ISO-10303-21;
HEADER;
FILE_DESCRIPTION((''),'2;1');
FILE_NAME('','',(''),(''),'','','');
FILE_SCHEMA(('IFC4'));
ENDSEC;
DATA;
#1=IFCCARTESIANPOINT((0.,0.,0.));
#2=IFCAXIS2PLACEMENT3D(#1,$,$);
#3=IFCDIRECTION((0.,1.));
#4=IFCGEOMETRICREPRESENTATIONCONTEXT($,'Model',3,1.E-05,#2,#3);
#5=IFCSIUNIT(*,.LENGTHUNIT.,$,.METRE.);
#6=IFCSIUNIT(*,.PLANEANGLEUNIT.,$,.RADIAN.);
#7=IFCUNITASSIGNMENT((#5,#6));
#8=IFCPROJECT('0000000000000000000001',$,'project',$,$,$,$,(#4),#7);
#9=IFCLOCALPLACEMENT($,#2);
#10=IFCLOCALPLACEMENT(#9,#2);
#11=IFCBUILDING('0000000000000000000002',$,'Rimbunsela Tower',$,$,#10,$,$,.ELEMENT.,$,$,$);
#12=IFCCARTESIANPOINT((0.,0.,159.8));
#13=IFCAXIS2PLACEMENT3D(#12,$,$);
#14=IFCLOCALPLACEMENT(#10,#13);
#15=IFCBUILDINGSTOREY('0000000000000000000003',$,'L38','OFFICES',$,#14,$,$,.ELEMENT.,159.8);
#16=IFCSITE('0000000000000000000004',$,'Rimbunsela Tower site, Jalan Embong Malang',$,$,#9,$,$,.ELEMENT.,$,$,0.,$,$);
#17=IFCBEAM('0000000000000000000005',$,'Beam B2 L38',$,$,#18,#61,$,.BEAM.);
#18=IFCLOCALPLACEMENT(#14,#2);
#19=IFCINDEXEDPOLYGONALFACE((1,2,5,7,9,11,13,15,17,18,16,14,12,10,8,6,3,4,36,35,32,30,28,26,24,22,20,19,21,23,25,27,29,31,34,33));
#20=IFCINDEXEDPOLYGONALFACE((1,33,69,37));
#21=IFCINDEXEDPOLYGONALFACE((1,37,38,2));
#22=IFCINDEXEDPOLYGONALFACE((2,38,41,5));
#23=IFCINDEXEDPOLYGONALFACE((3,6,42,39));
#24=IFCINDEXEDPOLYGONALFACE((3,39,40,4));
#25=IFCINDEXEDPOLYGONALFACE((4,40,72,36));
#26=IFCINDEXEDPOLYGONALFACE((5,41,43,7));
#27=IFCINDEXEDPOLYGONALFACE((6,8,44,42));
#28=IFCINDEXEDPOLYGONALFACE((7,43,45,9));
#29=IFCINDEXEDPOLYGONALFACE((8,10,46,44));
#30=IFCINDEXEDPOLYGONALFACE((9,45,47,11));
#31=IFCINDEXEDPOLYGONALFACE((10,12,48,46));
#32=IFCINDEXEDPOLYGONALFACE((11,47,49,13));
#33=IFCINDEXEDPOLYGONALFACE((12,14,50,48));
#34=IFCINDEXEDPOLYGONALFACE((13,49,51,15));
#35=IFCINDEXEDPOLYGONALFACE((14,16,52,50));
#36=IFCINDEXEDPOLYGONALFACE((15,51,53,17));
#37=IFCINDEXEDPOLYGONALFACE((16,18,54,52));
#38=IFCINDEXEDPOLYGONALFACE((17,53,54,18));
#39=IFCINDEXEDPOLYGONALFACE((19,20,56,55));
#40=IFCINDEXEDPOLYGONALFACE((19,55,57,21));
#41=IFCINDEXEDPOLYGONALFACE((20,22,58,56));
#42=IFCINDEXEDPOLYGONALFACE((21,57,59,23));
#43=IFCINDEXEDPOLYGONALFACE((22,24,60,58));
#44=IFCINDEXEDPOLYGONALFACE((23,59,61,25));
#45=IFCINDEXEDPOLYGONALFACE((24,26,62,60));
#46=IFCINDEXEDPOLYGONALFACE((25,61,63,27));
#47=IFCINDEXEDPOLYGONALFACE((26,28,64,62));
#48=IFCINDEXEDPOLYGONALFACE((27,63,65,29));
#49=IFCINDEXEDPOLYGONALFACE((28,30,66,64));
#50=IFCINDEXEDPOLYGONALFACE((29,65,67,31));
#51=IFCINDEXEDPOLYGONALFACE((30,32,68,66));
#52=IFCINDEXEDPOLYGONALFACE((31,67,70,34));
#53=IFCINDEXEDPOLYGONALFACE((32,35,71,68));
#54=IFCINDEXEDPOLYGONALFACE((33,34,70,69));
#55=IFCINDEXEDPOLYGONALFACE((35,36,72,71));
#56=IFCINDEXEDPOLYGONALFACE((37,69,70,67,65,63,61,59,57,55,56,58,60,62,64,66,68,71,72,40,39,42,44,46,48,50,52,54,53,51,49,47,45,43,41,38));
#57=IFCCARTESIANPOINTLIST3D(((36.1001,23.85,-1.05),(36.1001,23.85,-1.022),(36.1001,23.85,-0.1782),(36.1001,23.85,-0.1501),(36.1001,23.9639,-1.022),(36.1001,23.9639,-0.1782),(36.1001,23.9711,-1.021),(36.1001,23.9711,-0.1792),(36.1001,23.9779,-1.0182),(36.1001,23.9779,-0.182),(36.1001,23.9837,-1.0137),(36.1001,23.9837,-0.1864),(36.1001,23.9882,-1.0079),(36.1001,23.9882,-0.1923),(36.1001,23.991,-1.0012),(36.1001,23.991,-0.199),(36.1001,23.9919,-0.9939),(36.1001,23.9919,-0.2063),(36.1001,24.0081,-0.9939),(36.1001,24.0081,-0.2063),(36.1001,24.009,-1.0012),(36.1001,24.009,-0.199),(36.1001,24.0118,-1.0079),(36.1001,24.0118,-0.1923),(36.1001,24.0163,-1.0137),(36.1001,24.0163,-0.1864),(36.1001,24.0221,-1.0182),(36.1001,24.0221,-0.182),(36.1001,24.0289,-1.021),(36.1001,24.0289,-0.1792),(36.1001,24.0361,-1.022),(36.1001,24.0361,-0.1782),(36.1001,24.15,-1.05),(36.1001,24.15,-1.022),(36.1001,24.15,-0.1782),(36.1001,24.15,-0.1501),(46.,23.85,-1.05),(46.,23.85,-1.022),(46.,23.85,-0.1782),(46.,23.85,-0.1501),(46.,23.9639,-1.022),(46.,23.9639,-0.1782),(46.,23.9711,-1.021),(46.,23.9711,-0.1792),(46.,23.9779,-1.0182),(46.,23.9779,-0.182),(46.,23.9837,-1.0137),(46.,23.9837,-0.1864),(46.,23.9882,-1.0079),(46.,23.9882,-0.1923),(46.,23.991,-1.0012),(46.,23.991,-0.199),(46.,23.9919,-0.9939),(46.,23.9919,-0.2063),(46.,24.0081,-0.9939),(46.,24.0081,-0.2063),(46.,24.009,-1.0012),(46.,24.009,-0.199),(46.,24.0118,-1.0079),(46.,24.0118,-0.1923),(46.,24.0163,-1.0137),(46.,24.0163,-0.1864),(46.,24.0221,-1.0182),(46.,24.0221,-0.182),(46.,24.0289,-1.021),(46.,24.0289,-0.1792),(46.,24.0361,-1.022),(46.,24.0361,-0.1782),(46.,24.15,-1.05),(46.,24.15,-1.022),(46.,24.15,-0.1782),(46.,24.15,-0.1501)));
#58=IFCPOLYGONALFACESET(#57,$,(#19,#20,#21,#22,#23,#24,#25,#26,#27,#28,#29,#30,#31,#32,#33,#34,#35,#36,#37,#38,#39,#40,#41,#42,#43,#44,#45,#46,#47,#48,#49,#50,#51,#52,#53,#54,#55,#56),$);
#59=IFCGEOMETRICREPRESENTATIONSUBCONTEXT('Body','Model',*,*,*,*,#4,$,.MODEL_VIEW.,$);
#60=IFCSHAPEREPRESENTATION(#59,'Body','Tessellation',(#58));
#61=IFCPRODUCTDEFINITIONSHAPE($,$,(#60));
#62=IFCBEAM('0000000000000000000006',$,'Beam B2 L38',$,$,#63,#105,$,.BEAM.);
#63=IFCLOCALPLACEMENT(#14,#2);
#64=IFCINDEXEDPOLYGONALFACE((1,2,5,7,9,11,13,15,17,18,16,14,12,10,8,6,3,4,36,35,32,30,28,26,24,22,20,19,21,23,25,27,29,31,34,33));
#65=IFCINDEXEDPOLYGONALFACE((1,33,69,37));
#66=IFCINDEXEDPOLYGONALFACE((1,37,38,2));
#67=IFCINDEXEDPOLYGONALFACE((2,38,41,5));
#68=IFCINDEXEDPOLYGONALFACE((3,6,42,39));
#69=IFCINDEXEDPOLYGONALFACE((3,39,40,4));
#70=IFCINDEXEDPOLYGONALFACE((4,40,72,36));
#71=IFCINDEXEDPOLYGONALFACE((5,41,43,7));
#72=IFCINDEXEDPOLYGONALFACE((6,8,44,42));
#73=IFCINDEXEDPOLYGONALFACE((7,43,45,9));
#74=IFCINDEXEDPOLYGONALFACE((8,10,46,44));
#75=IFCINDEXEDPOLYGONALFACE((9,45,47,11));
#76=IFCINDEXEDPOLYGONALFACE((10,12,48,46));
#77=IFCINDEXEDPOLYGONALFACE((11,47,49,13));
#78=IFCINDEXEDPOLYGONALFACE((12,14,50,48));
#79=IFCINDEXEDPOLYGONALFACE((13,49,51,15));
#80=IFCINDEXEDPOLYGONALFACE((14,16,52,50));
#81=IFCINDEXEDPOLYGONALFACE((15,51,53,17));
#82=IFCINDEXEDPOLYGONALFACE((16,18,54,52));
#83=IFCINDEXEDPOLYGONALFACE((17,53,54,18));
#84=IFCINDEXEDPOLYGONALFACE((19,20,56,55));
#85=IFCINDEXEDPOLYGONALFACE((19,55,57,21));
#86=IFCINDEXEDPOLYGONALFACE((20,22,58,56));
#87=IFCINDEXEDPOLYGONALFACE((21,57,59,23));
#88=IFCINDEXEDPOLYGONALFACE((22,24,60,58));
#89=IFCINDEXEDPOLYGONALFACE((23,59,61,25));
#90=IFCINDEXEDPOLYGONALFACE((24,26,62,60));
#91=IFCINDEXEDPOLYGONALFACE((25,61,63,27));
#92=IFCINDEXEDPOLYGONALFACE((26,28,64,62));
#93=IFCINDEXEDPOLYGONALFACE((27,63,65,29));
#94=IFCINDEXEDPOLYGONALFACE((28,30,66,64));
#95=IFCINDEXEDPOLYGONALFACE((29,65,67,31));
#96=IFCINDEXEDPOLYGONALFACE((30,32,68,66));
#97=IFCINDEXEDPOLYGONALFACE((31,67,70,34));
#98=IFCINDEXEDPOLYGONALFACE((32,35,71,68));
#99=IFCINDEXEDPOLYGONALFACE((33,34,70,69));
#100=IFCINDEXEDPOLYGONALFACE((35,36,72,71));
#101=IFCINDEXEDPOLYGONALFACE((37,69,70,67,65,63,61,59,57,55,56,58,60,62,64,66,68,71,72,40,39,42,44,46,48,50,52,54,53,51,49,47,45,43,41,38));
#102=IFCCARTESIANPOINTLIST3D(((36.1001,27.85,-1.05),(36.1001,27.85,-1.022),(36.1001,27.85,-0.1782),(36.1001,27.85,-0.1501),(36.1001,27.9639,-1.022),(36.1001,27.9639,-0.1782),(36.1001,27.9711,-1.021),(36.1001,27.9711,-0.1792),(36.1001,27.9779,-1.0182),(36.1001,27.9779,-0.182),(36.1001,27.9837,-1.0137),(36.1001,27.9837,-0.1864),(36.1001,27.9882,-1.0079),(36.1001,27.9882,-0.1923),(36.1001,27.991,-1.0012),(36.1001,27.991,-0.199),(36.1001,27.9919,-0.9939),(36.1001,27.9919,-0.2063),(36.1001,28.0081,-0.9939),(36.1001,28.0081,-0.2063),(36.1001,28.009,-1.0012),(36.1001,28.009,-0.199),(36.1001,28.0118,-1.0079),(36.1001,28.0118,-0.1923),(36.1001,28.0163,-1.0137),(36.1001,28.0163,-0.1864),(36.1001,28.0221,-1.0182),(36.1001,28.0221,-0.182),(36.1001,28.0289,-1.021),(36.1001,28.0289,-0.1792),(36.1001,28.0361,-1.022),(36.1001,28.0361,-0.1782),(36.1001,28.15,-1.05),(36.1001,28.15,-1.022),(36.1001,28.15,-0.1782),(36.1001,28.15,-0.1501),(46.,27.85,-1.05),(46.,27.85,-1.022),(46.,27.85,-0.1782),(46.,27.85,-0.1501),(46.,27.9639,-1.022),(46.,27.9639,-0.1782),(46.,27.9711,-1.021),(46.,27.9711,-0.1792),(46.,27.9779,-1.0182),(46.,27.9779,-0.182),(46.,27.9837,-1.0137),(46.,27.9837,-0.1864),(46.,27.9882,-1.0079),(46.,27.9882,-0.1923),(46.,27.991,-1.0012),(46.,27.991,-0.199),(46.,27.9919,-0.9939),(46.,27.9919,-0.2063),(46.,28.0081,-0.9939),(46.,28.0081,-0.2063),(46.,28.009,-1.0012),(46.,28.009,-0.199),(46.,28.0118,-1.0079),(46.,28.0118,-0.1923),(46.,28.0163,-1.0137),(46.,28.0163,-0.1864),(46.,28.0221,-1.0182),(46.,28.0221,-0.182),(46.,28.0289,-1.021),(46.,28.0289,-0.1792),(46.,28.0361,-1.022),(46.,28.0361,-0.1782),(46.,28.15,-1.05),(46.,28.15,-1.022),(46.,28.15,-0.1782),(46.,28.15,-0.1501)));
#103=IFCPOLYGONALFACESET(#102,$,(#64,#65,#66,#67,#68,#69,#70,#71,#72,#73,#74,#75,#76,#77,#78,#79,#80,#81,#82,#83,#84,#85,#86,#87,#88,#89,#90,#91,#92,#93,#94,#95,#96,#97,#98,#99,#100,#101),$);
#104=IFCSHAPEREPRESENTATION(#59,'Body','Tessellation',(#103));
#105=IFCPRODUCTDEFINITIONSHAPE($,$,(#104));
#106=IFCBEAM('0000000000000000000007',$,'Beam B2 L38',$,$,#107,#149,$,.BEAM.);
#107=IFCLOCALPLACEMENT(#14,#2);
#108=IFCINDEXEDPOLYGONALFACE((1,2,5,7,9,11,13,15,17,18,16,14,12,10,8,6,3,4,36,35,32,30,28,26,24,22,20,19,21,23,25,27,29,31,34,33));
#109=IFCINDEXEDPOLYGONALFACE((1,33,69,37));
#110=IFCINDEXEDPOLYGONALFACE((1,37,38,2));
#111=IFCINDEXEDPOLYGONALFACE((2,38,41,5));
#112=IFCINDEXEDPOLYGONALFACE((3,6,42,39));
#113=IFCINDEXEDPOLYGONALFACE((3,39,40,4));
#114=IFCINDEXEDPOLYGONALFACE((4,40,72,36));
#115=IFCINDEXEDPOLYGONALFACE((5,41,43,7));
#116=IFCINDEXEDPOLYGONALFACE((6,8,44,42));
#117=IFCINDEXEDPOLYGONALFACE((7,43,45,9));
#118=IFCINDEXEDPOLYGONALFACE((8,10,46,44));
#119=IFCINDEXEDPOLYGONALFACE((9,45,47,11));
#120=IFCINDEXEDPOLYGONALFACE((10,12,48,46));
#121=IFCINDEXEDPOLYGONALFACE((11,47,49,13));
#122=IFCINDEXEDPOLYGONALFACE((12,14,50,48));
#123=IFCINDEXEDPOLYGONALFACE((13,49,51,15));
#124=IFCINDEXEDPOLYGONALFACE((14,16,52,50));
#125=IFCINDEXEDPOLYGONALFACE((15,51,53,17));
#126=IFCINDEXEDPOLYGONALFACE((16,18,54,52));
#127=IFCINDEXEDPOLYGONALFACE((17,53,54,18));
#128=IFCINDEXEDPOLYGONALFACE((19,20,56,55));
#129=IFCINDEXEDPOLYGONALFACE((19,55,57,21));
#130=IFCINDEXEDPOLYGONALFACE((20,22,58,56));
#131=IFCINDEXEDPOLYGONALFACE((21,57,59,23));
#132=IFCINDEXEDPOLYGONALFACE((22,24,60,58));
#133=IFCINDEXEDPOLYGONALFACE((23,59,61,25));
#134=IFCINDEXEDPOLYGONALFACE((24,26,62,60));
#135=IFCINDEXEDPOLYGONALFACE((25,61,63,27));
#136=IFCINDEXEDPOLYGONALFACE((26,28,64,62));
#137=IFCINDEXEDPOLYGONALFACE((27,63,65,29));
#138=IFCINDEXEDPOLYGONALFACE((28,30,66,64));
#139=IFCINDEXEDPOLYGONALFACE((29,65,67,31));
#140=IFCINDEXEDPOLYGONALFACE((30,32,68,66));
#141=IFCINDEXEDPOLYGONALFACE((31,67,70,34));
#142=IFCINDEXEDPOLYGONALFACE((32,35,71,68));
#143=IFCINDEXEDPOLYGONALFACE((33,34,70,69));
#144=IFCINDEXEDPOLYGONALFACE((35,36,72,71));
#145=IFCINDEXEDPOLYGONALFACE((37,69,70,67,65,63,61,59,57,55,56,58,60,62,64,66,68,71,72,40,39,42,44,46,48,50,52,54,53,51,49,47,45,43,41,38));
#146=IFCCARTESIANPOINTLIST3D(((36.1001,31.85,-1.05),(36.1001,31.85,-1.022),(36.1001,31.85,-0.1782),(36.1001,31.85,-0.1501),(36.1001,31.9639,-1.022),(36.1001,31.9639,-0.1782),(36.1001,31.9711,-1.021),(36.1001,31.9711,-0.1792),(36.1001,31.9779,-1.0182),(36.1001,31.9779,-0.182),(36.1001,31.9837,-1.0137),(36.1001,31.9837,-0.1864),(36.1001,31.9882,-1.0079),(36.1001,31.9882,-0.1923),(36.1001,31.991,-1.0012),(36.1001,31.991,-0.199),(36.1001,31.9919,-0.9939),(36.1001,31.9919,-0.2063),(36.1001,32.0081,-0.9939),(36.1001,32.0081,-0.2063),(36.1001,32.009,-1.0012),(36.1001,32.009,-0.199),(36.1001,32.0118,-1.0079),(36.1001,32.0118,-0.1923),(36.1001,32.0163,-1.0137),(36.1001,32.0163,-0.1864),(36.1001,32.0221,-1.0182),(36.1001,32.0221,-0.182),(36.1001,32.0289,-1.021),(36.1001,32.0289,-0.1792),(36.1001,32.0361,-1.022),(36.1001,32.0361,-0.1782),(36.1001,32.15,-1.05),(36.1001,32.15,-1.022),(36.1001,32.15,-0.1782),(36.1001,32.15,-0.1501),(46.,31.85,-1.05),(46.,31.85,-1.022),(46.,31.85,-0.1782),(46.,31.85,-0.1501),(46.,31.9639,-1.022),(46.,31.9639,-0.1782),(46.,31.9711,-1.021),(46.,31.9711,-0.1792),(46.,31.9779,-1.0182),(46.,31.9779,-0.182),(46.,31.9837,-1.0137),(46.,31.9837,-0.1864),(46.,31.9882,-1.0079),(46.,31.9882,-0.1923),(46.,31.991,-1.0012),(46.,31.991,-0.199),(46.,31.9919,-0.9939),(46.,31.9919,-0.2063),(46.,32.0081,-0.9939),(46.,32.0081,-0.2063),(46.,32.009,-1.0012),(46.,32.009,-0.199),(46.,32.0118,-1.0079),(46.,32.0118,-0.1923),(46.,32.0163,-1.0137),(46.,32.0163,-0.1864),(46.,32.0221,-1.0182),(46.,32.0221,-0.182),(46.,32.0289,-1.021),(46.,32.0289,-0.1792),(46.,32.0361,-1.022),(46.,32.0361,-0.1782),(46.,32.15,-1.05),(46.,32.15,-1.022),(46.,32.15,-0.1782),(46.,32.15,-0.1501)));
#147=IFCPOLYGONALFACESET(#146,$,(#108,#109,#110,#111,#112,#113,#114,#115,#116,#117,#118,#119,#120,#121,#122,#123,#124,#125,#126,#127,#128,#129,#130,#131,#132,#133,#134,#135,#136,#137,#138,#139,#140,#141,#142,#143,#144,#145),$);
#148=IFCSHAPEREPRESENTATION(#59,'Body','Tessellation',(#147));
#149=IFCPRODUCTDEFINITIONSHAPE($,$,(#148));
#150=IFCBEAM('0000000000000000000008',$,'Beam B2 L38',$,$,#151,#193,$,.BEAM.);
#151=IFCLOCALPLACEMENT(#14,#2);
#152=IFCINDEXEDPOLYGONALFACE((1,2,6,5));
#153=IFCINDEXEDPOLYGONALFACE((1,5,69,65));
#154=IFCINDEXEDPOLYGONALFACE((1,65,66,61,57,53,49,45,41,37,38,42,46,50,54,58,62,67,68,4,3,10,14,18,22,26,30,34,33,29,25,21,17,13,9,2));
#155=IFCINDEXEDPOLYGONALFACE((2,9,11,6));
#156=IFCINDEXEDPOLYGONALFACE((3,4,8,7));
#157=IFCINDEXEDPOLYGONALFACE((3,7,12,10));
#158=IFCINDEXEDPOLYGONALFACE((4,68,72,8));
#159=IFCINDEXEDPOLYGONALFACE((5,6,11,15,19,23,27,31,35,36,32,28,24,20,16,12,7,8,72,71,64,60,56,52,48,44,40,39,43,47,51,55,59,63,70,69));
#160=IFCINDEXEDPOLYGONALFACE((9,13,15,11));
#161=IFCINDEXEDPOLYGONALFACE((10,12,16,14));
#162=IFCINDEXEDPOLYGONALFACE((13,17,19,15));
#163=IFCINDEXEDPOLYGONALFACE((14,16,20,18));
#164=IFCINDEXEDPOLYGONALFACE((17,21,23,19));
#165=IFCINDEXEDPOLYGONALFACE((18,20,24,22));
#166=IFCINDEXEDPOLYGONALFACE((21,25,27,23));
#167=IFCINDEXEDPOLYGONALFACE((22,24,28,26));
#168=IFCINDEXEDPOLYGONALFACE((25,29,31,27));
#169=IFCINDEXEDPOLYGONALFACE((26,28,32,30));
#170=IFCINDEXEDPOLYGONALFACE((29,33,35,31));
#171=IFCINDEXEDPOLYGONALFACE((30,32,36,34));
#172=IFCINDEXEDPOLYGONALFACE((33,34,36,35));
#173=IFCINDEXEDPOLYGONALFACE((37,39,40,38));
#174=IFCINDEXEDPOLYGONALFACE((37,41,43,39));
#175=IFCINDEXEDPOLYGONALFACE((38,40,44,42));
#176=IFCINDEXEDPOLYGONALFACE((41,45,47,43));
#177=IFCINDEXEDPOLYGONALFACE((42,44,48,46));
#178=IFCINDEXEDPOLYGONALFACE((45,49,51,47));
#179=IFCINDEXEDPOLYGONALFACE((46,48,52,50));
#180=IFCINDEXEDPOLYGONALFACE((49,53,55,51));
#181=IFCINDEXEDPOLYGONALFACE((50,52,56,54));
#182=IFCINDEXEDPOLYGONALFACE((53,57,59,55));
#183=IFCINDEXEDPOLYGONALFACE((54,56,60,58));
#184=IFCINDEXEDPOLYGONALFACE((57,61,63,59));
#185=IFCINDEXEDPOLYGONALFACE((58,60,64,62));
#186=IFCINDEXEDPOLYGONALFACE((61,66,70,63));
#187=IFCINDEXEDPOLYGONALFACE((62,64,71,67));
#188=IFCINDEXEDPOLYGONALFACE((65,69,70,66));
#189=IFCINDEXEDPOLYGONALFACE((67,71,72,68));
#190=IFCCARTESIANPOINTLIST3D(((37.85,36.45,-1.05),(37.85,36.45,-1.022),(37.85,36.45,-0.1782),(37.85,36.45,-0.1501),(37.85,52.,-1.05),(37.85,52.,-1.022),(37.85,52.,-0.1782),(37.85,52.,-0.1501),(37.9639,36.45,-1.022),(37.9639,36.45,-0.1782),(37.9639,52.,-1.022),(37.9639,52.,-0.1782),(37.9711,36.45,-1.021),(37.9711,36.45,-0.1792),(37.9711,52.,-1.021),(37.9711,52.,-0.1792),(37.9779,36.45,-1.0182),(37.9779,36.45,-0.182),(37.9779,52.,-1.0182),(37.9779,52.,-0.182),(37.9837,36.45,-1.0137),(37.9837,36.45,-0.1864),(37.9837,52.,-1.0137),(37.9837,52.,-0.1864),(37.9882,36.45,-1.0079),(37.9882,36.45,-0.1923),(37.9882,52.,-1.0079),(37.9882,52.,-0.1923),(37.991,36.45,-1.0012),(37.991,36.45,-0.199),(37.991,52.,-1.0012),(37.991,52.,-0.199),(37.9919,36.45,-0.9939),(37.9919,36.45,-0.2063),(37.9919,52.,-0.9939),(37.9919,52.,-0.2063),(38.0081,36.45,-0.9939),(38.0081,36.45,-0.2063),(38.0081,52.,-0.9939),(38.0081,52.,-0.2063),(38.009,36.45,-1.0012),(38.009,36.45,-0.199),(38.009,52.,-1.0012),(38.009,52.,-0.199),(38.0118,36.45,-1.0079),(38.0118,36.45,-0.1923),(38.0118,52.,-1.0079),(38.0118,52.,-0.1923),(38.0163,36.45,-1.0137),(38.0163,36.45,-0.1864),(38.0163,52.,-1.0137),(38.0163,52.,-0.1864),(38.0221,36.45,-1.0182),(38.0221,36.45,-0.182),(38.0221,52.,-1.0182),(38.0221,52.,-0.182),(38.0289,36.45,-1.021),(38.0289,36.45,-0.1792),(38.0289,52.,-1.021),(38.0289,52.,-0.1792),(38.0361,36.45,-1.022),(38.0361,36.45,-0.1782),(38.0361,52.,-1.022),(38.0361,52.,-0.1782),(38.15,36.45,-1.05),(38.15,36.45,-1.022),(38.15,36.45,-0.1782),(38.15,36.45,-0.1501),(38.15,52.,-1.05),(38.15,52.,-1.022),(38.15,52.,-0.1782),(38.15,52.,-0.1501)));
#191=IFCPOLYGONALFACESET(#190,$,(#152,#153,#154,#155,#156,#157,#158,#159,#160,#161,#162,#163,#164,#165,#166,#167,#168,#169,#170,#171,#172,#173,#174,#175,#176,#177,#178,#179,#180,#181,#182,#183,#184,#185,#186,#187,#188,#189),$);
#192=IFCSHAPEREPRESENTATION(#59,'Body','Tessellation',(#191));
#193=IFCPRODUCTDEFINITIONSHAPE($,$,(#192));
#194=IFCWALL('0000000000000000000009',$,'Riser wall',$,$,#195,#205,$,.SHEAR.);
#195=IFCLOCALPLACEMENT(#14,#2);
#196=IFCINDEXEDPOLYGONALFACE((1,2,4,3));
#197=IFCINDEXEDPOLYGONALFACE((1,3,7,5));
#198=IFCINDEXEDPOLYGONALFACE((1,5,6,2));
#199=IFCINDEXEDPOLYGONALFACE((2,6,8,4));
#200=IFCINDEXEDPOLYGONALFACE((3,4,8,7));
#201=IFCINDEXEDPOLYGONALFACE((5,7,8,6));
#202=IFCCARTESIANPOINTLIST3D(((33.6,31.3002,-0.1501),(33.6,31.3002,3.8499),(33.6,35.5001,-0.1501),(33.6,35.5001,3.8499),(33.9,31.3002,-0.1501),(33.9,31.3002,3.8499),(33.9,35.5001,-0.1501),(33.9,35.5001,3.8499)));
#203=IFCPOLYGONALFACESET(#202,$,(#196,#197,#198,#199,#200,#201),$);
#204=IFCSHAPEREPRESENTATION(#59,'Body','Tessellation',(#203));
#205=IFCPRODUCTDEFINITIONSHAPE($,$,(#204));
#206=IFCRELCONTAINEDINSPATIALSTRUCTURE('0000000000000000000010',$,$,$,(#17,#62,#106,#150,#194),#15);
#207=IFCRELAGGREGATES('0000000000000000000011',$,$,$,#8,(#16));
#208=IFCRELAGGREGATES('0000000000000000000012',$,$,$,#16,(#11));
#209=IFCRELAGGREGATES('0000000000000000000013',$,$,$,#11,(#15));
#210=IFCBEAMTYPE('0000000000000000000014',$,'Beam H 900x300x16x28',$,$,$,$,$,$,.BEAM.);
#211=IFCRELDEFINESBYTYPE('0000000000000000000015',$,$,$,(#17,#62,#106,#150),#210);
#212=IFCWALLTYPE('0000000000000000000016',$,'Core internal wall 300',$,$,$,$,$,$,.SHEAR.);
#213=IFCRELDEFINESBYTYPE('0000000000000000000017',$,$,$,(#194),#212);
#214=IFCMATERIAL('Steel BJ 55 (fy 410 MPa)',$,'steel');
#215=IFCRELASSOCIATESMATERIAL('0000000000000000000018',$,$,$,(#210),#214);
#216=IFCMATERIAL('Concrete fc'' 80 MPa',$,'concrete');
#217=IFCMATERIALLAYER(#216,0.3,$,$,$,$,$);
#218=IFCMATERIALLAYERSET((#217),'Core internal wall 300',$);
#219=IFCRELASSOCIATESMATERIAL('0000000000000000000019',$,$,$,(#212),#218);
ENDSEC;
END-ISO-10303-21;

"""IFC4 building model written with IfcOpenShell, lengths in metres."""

from ifc_helpers import new_model, si_unit, direction, frame, frame_2d, origin, origin_2d, place, context, subcontext, project, spatial, rectangle, i_section, extrude, material, layer, layer_set, material_profile, profile_set, type_object, element, save


model = new_model("IFC4")

# Units and contexts
model_context = context("Model", 3, precision=1e-05, world=origin(), true_north=direction((0.0, 1.0)))
body_context = subcontext(model_context, "Body", "Model", "MODEL_VIEW")
ifc_project = project(units=[si_unit("LENGTHUNIT", "METRE"), si_unit("PLANEANGLEUNIT", "RADIAN")], contexts=[model_context])

# Site, building, storey
site_placement = place(None, origin())
site = spatial("IfcSite", under=ifc_project, at=site_placement, Name="Rimbunsela Tower site, Jalan Embong Malang", CompositionType="ELEMENT", RefElevation=0.0)
building_placement = place(site_placement, origin())
building = spatial("IfcBuilding", under=site, at=building_placement, Name="Rimbunsela Tower", CompositionType="ELEMENT")
storey_placement = place(building_placement, frame((0.0, 0.0, 159.8)))
storey = spatial("IfcBuildingStorey", under=building, at=storey_placement, Name="L38", Description="OFFICES", CompositionType="ELEMENT", Elevation=159.8)

# Beams
ifc_material_1 = material(Name="Steel BJ 55 (fy 410 MPa)", Category="steel")
ifc_material_profile_1 = material_profile(ifc_material_1, i_section(OverallWidth=0.3, OverallDepth=0.8999, WebThickness=0.0161, FlangeThickness=0.0281, FilletRadius=0.0281, at=origin_2d()), Name="H 900x300x16x28")
ifc_profile_set_1 = profile_set([ifc_material_profile_1], Name="Steel BJ 55 (fy 410 MPa)")
beam_type_1 = type_object("IfcBeamType", Name="Beam H 900x300x16x28", PredefinedType="BEAM", material=ifc_profile_set_1)
for number, where, z_axis, x_axis, name in (
    (1, (36.1001, 24.0, -0.6001), (1.0, 0.0, 0.0), (0.0, 1.0, 0.0), "Beam B2 L38"),
    (2, (36.1001, 28.0, -0.6001), (1.0, 0.0, 0.0), (0.0, 1.0, 0.0), "Beam B2 L38"),
    (3, (36.1001, 32.0, -0.6001), (1.0, 0.0, 0.0), (0.0, 1.0, 0.0), "Beam B2 L38"),
):
    element("IfcBeam", number, at=place(storey_placement, frame(where, z_axis=z_axis, x_axis=x_axis)), inside=storey, type_object=beam_type_1, Name=name, PredefinedType="BEAM", context=body_context, shape_type="SweptSolid", body=[
        extrude(i_section(OverallWidth=0.3, OverallDepth=0.8999, WebThickness=0.0161, FlangeThickness=0.0281, FilletRadius=0.0281, at=origin_2d()), origin(), (0.0, 0.0, 1.0), 9.8999),
    ])
beam_1_placement = place(storey_placement, frame((38.0, 36.45, -0.6001), z_axis=(0.0, 1.0, 0.0), x_axis=(-1.0, 0.0, 0.0)))
element("IfcBeam", 4, at=beam_1_placement, inside=storey, type_object=beam_type_1, Name="Beam B2 L38", PredefinedType="BEAM", context=body_context, shape_type="SweptSolid", body=[
    extrude(i_section(OverallWidth=0.3, OverallDepth=0.8999, WebThickness=0.0161, FlangeThickness=0.0281, FilletRadius=0.0281, at=origin_2d()), origin(), (0.0, 0.0, 1.0), 15.55),
])

# Wall
ifc_material_2 = material(Name="Concrete fc' 80 MPa", Category="concrete")
ifc_layer_1 = layer(ifc_material_2, 0.3)
ifc_layer_set_1 = layer_set([ifc_layer_1], Name="Core internal wall 300")
wall_type_1 = type_object("IfcWallType", Name="Core internal wall 300", PredefinedType="SHEAR", material=ifc_layer_set_1)
wall_1_placement = place(storey_placement, frame((33.75, 31.3, -0.1501), z_axis=(0.0, 0.0, 1.0), x_axis=(0.0, 1.0, 0.0)))
element("IfcWall", 5, at=wall_1_placement, inside=storey, type_object=wall_type_1, Name="Riser wall", PredefinedType="SHEAR", context=body_context, shape_type="SweptSolid", body=[
    extrude(rectangle(XDim=4.2, YDim=0.3, at=frame_2d((2.1001, 0.0))), origin(), (0.0, 0.0, 1.0), 4.0),
])

save(model, "model.ifc")
